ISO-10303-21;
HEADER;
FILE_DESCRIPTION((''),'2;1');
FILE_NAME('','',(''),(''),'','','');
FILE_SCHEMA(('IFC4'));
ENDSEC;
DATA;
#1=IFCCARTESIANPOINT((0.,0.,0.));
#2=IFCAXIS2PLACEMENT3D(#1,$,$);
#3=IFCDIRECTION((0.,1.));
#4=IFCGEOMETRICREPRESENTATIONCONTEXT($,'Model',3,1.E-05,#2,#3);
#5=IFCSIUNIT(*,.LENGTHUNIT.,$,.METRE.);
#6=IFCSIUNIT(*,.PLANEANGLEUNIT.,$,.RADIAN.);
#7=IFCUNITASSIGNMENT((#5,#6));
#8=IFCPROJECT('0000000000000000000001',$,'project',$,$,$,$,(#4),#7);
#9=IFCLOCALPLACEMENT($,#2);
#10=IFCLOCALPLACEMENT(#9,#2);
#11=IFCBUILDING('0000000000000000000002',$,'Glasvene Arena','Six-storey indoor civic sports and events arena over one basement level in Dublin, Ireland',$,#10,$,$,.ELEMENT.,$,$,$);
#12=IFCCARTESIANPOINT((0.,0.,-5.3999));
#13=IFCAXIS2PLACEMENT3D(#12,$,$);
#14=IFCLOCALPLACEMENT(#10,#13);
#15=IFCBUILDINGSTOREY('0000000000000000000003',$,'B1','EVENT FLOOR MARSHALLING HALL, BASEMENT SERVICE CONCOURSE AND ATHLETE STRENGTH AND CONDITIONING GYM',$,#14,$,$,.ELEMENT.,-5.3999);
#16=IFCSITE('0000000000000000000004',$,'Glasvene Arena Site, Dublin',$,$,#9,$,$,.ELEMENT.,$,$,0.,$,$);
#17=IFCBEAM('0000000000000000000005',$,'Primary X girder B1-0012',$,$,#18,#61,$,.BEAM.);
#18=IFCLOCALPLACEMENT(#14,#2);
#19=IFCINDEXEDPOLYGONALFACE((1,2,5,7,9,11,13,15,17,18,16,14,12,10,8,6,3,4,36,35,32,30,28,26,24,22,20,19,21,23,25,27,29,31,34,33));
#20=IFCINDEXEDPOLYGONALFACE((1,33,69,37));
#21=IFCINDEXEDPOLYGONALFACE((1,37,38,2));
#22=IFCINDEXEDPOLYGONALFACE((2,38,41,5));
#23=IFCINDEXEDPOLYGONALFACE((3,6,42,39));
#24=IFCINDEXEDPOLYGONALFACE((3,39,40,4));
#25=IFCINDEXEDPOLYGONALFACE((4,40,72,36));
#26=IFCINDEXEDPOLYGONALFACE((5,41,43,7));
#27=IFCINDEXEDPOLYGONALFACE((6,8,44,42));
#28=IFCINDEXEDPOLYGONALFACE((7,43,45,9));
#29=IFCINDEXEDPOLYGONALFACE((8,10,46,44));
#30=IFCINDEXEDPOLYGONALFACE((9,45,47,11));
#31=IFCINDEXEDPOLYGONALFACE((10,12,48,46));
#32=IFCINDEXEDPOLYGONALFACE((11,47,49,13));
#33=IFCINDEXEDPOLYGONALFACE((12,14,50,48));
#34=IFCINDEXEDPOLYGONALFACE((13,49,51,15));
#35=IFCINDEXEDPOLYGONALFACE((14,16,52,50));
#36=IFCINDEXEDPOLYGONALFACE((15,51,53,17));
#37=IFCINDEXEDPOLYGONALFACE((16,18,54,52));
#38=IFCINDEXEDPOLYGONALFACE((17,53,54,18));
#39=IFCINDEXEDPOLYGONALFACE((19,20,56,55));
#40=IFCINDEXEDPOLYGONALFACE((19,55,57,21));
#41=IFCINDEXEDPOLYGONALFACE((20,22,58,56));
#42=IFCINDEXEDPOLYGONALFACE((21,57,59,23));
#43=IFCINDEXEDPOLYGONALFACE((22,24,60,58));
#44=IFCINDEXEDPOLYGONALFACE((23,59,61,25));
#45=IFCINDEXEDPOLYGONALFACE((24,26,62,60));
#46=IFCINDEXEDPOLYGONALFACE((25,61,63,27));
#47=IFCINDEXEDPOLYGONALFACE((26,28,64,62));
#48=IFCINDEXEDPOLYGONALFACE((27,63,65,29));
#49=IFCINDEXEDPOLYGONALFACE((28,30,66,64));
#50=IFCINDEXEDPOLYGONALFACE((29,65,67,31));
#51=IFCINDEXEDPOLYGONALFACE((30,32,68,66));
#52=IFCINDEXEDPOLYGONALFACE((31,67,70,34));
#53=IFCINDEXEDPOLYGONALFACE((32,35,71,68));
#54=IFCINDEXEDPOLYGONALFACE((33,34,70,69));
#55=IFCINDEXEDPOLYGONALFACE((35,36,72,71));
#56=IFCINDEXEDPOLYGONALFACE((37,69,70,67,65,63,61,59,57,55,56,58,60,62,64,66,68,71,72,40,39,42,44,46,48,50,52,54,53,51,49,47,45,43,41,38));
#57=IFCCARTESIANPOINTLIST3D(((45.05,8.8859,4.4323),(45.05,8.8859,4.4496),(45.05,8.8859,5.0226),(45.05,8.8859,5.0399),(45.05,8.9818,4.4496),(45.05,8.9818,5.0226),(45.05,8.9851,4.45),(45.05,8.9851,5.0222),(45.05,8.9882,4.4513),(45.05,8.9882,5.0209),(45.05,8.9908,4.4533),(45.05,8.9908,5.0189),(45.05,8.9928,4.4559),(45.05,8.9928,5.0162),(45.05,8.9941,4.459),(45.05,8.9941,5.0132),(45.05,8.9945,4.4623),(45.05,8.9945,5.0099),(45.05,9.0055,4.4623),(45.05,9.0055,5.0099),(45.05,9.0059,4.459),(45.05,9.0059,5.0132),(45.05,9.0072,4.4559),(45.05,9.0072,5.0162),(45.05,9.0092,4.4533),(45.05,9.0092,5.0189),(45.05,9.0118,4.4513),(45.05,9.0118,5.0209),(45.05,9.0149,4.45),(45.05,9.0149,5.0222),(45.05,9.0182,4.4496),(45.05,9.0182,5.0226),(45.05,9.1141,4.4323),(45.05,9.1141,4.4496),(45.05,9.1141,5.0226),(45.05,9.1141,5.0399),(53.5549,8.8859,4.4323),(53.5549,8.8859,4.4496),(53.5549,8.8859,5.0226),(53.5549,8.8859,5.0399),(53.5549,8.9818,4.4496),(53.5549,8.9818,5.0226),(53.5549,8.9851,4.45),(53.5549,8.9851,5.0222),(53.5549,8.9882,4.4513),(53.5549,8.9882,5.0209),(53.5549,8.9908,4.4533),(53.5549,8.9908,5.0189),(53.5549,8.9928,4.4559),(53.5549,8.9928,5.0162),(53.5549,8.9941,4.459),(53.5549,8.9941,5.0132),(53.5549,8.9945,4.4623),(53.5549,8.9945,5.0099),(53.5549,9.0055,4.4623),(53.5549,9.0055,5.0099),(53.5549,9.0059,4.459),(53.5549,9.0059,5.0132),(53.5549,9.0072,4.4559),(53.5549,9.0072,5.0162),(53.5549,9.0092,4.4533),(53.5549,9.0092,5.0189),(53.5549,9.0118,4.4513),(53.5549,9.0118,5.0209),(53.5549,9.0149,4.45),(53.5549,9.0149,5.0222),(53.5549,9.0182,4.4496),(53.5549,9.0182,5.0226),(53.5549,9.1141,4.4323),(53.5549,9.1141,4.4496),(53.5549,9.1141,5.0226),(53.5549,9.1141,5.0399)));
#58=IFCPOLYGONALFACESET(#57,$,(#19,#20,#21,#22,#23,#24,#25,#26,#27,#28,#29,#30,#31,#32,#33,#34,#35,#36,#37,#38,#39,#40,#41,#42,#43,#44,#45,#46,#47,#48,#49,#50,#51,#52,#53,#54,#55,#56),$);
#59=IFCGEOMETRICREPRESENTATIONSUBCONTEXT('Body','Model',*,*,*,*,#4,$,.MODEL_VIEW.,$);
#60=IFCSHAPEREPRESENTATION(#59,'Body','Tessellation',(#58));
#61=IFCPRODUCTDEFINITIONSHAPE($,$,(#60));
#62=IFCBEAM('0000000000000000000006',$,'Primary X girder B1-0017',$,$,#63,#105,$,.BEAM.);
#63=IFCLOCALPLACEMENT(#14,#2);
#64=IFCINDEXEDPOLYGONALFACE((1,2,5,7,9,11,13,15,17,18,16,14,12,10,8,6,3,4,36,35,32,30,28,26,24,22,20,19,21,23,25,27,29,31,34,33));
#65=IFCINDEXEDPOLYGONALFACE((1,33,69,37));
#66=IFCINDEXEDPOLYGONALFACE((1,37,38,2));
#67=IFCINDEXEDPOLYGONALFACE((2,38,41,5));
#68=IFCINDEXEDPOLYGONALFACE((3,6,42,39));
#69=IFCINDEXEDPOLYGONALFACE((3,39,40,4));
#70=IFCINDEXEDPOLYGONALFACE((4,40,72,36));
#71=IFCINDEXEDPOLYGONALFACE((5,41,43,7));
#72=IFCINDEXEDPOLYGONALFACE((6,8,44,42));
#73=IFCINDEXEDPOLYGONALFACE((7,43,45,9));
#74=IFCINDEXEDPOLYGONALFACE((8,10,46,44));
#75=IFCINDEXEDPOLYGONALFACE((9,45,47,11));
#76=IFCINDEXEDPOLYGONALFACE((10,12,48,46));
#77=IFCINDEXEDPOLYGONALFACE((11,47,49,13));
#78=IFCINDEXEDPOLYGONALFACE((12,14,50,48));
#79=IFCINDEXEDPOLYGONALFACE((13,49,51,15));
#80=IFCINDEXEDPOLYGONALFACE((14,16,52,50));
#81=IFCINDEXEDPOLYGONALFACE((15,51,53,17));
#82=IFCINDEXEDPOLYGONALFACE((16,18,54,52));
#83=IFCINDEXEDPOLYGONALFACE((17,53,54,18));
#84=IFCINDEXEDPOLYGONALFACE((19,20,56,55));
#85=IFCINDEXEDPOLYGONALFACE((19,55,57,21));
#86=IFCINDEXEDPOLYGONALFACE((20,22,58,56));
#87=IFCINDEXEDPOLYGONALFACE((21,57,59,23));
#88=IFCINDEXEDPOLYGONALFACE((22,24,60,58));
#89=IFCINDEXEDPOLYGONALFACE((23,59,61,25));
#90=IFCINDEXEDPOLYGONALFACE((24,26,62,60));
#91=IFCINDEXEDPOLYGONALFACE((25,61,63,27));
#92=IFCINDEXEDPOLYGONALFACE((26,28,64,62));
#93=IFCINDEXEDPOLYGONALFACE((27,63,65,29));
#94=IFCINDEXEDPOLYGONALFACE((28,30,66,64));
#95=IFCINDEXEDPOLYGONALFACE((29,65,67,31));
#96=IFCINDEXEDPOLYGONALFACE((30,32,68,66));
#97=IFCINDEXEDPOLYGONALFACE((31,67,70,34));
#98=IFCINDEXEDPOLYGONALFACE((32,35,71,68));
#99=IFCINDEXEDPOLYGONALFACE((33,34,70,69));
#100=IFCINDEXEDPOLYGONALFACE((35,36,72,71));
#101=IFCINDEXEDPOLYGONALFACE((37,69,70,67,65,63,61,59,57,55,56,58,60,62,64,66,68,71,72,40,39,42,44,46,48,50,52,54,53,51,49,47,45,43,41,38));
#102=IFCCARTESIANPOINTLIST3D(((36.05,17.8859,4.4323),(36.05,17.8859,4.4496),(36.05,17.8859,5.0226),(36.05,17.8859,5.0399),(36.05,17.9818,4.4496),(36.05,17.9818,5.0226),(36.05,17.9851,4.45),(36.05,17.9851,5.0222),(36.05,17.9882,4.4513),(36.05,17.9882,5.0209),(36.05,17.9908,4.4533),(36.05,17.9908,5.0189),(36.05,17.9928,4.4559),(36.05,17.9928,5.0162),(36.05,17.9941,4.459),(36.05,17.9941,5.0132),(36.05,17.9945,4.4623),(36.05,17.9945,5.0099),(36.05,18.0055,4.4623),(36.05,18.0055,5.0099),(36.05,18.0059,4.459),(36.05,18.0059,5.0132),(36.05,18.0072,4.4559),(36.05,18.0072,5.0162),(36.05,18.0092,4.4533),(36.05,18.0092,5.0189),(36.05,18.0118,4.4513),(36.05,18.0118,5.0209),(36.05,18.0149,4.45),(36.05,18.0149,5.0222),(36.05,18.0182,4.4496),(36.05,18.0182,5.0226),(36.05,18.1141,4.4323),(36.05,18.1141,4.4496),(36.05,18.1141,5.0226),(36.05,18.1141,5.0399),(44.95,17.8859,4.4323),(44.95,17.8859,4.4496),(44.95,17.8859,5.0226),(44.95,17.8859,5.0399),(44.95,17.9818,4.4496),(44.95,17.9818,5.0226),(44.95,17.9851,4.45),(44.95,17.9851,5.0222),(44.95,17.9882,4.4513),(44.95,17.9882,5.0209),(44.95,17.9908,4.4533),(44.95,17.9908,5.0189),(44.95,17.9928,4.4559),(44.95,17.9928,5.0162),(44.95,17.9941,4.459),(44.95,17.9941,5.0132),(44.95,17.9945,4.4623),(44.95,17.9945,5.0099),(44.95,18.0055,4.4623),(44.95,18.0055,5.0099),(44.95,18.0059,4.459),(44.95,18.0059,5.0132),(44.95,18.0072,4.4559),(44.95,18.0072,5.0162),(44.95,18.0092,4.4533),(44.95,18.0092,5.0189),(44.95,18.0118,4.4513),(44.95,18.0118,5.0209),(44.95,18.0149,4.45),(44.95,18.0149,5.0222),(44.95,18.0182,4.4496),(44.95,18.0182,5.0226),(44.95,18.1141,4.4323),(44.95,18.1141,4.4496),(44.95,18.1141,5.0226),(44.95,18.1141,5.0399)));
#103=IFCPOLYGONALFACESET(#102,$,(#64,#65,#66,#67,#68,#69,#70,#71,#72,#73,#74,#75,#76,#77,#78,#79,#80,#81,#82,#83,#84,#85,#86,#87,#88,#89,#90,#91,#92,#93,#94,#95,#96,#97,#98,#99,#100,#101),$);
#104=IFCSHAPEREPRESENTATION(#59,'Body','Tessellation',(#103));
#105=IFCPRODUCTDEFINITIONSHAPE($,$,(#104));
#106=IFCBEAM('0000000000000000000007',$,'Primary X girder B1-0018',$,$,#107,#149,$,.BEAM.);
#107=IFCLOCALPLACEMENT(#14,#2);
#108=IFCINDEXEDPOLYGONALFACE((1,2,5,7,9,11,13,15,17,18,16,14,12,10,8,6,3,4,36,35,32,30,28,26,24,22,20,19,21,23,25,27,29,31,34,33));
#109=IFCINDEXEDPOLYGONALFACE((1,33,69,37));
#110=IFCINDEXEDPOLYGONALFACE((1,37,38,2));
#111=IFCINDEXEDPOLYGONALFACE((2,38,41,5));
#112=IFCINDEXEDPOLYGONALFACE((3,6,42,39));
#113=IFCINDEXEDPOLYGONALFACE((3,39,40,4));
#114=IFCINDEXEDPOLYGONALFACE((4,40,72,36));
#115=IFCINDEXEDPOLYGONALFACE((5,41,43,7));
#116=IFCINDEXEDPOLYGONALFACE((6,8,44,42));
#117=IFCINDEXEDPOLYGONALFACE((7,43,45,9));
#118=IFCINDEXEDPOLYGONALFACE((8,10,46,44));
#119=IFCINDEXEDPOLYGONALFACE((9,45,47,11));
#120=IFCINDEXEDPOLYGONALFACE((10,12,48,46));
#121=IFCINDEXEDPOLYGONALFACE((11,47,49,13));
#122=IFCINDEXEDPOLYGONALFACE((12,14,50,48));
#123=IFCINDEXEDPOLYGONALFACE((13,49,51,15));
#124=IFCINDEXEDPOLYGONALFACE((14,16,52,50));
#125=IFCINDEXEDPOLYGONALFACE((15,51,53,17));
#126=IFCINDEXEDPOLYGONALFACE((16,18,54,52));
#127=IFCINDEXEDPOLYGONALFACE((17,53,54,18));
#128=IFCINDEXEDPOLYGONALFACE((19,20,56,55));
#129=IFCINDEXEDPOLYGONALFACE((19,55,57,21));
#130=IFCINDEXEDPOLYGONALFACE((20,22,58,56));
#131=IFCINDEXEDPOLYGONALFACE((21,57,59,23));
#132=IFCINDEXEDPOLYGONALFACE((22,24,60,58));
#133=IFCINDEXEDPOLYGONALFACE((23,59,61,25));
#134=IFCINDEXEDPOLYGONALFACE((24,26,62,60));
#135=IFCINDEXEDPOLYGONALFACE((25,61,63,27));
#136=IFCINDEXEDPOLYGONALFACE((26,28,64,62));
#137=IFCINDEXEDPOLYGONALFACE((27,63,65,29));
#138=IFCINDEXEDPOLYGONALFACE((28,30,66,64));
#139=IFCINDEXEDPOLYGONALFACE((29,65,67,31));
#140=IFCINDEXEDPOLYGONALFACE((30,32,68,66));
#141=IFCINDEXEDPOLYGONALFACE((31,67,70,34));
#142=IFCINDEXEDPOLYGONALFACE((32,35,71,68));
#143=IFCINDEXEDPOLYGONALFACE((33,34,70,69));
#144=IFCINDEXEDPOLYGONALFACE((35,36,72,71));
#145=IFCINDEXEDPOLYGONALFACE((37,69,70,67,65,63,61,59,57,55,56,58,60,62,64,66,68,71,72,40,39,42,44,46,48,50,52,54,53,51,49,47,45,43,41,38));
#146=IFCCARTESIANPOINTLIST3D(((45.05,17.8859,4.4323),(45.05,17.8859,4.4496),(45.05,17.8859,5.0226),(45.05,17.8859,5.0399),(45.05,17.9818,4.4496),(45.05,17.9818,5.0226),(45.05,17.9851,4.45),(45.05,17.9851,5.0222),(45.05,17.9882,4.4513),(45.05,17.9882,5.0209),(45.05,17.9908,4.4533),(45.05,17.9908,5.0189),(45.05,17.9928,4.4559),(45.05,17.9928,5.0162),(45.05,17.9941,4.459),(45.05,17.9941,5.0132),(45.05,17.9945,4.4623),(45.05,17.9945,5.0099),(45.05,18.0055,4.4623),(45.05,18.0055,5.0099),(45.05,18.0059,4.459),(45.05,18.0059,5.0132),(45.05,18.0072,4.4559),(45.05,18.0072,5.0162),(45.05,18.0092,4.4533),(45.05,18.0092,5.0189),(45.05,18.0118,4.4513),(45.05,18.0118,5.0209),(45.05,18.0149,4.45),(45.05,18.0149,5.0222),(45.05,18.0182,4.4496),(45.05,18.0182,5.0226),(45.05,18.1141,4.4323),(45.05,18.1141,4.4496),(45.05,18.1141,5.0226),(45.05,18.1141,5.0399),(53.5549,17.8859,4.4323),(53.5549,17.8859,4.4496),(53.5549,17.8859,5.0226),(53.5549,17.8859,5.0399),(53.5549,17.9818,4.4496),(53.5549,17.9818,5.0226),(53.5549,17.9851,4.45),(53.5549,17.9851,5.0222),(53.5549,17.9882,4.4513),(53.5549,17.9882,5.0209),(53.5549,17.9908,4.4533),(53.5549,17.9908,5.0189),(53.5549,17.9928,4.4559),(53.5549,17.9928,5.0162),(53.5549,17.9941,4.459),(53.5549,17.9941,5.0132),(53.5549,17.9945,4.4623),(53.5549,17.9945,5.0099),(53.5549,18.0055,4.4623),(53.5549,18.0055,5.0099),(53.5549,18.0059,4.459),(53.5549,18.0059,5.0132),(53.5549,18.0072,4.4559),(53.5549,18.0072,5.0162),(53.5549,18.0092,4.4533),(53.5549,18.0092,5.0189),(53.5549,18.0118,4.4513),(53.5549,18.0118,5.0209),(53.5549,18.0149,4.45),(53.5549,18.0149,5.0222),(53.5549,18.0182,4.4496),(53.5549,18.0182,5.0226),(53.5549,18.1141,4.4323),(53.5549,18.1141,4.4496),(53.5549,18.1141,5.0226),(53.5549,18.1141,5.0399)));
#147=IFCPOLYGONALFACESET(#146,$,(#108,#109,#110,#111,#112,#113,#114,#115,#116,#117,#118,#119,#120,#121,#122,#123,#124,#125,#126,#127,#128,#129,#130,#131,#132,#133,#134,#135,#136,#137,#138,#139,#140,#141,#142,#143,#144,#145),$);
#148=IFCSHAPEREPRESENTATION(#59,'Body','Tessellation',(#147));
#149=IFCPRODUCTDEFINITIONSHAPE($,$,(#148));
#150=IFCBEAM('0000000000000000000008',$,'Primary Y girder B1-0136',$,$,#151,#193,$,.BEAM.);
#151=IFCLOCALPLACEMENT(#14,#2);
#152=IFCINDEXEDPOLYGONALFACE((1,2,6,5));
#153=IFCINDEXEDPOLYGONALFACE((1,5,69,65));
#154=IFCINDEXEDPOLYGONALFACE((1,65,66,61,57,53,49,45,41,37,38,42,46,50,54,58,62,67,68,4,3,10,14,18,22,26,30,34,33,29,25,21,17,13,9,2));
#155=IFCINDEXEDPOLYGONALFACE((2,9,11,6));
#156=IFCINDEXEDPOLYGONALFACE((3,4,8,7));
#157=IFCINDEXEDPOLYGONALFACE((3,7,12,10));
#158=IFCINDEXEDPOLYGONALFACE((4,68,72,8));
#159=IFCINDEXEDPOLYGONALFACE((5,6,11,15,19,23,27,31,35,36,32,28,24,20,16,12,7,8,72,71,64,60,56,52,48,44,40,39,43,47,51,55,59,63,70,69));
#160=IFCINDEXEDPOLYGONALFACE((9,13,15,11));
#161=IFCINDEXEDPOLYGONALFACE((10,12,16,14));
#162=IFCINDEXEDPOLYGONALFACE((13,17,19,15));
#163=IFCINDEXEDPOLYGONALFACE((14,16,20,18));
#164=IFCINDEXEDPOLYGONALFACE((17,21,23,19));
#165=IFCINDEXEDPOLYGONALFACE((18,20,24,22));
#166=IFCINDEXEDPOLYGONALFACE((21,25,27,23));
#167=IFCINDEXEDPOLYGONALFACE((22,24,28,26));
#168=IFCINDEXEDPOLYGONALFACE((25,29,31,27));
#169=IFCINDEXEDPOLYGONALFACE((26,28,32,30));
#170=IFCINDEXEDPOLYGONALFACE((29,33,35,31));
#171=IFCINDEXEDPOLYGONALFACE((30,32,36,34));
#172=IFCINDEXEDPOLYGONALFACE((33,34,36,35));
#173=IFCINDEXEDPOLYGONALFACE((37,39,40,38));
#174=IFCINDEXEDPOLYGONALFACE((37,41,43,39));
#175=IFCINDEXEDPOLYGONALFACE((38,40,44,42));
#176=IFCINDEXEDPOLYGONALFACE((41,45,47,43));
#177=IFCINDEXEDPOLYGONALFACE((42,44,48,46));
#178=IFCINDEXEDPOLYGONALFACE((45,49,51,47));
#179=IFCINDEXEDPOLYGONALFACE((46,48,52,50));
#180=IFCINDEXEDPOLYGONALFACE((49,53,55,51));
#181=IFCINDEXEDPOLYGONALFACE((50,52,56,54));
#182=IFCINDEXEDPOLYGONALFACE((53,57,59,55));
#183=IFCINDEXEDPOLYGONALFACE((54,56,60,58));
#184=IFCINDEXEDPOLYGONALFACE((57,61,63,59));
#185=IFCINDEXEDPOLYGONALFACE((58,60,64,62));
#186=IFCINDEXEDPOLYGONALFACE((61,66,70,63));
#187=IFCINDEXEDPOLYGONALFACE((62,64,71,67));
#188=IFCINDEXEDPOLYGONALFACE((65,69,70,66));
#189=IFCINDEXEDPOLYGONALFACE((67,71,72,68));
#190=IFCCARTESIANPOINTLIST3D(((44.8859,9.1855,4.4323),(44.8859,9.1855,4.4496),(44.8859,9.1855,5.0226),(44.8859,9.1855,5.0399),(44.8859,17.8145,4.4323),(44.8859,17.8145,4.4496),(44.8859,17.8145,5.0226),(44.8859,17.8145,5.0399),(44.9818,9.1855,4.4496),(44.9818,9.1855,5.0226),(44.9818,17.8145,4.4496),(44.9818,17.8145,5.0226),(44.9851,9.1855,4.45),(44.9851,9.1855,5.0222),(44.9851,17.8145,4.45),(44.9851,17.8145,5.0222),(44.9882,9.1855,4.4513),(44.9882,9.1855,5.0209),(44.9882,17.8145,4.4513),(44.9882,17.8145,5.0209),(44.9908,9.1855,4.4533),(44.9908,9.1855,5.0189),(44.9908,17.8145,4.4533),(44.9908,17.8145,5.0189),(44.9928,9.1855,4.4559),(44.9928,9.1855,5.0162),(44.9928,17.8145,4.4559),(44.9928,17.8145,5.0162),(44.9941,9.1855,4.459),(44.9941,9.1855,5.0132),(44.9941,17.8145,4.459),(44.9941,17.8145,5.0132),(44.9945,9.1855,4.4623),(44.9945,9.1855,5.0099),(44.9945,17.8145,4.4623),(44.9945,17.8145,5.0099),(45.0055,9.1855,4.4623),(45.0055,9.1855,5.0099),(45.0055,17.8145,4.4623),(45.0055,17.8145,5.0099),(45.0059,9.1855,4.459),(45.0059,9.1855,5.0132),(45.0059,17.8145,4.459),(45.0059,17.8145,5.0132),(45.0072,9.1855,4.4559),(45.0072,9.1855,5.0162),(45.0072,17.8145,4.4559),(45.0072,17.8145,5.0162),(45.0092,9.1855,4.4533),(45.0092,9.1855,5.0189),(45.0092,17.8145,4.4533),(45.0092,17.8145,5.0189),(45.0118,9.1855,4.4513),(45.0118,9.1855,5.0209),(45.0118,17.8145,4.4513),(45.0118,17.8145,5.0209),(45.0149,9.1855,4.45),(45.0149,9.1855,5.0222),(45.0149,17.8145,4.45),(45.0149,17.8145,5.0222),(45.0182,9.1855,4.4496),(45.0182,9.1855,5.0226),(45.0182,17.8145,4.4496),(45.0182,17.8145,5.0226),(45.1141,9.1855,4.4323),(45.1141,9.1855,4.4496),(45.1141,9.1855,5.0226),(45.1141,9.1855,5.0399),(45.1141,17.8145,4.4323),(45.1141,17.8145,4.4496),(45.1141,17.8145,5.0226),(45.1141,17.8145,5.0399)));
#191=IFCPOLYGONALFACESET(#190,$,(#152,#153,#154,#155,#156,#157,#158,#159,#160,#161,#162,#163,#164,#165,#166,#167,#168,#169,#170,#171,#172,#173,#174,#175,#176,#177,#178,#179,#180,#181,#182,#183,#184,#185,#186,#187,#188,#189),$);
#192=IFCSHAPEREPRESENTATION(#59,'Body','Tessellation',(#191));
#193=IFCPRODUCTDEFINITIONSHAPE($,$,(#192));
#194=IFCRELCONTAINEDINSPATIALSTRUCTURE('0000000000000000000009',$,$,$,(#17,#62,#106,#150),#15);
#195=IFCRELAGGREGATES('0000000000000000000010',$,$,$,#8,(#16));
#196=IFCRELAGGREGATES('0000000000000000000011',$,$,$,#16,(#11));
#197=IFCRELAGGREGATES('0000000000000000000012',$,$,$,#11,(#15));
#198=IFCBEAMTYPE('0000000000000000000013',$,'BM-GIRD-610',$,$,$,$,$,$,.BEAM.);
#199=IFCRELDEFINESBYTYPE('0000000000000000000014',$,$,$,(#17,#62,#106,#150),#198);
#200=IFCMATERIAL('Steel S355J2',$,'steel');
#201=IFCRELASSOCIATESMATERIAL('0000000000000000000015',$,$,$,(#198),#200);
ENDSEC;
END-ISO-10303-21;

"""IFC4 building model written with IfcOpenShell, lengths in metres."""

from ifc_helpers import new_model, si_unit, direction, frame, origin, origin_2d, place, context, subcontext, project, spatial, i_section, extrude, material, material_profile, profile_set, type_object, element, save


model = new_model("IFC4")

# Units and contexts
model_context = context("Model", 3, precision=1e-05, world=origin(), true_north=direction((0.0, 1.0)))
body_context = subcontext(model_context, "Body", "Model", "MODEL_VIEW")
ifc_project = project(units=[si_unit("LENGTHUNIT", "METRE"), si_unit("PLANEANGLEUNIT", "RADIAN")], contexts=[model_context])

# Site, building, storey
site_placement = place(None, origin())
site = spatial("IfcSite", under=ifc_project, at=site_placement, Name="Glasvene Arena Site, Dublin", CompositionType="ELEMENT", RefElevation=0.0)
building_placement = place(site_placement, origin())
building = spatial("IfcBuilding", under=site, at=building_placement, Name="Glasvene Arena", Description="Six-storey indoor civic sports and events arena over one basement level in Dublin, Ireland", CompositionType="ELEMENT")
storey_placement = place(building_placement, frame((0.0, 0.0, -5.3999)))
storey = spatial("IfcBuildingStorey", under=building, at=storey_placement, Name="B1", Description="EVENT FLOOR MARSHALLING HALL, BASEMENT SERVICE CONCOURSE AND ATHLETE STRENGTH AND CONDITIONING GYM", CompositionType="ELEMENT", Elevation=-5.3999)

# Shared definitions
ifc_material_1 = material(Name="Steel S355J2", Category="steel")

# Beams
ifc_material_profile_1 = material_profile(ifc_material_1, i_section(OverallWidth=0.2283, OverallDepth=0.6077, WebThickness=0.011, FlangeThickness=0.0173, FilletRadius=0.0127, at=origin_2d()), Name="UKB 610x229x113")
ifc_profile_set_1 = profile_set([ifc_material_profile_1], Name="Steel S355J2")
beam_type_1 = type_object("IfcBeamType", Name="BM-GIRD-610", PredefinedType="BEAM", material=ifc_profile_set_1)
beam_1_placement = place(storey_placement, frame((45.05, 9.0, 4.7361), z_axis=(1.0, 0.0, 0.0), x_axis=(0.0, 1.0, 0.0)))
element("IfcBeam", 1, at=beam_1_placement, inside=storey, type_object=beam_type_1, Name="Primary X girder B1-0012", PredefinedType="BEAM", context=body_context, shape_type="SweptSolid", body=[
    extrude(i_section(OverallWidth=0.2283, OverallDepth=0.6077, WebThickness=0.011, FlangeThickness=0.0173, FilletRadius=0.0127, at=origin_2d()), origin(), (0.0, 0.0, 1.0), 8.5049),
])
beam_2_placement = place(storey_placement, frame((36.05, 18.0, 4.7361), z_axis=(1.0, 0.0, 0.0), x_axis=(0.0, 1.0, 0.0)))
element("IfcBeam", 2, at=beam_2_placement, inside=storey, type_object=beam_type_1, Name="Primary X girder B1-0017", PredefinedType="BEAM", context=body_context, shape_type="SweptSolid", body=[
    extrude(i_section(OverallWidth=0.2283, OverallDepth=0.6077, WebThickness=0.011, FlangeThickness=0.0173, FilletRadius=0.0127, at=origin_2d()), origin(), (0.0, 0.0, 1.0), 8.8999),
])
beam_3_placement = place(storey_placement, frame((45.05, 18.0, 4.7361), z_axis=(1.0, 0.0, 0.0), x_axis=(0.0, 1.0, 0.0)))
element("IfcBeam", 3, at=beam_3_placement, inside=storey, type_object=beam_type_1, Name="Primary X girder B1-0018", PredefinedType="BEAM", context=body_context, shape_type="SweptSolid", body=[
    extrude(i_section(OverallWidth=0.2283, OverallDepth=0.6077, WebThickness=0.011, FlangeThickness=0.0173, FilletRadius=0.0127, at=origin_2d()), origin(), (0.0, 0.0, 1.0), 8.5049),
])
for number, where, z_axis, x_axis, name in (
    (4, (45.0, 9.1855, 4.7361), (0.0, 1.0, 0.0), (-1.0, 0.0, 0.0), "Primary Y girder B1-0136"),
):
    element("IfcBeam", number, at=place(storey_placement, frame(where, z_axis=z_axis, x_axis=x_axis)), inside=storey, type_object=beam_type_1, Name=name, PredefinedType="BEAM", context=body_context, shape_type="SweptSolid", body=[
        extrude(i_section(OverallWidth=0.2283, OverallDepth=0.6077, WebThickness=0.011, FlangeThickness=0.0173, FilletRadius=0.0127, at=origin_2d()), origin(), (0.0, 0.0, 1.0), 8.6289),
    ])

save(model, "model.ifc")
